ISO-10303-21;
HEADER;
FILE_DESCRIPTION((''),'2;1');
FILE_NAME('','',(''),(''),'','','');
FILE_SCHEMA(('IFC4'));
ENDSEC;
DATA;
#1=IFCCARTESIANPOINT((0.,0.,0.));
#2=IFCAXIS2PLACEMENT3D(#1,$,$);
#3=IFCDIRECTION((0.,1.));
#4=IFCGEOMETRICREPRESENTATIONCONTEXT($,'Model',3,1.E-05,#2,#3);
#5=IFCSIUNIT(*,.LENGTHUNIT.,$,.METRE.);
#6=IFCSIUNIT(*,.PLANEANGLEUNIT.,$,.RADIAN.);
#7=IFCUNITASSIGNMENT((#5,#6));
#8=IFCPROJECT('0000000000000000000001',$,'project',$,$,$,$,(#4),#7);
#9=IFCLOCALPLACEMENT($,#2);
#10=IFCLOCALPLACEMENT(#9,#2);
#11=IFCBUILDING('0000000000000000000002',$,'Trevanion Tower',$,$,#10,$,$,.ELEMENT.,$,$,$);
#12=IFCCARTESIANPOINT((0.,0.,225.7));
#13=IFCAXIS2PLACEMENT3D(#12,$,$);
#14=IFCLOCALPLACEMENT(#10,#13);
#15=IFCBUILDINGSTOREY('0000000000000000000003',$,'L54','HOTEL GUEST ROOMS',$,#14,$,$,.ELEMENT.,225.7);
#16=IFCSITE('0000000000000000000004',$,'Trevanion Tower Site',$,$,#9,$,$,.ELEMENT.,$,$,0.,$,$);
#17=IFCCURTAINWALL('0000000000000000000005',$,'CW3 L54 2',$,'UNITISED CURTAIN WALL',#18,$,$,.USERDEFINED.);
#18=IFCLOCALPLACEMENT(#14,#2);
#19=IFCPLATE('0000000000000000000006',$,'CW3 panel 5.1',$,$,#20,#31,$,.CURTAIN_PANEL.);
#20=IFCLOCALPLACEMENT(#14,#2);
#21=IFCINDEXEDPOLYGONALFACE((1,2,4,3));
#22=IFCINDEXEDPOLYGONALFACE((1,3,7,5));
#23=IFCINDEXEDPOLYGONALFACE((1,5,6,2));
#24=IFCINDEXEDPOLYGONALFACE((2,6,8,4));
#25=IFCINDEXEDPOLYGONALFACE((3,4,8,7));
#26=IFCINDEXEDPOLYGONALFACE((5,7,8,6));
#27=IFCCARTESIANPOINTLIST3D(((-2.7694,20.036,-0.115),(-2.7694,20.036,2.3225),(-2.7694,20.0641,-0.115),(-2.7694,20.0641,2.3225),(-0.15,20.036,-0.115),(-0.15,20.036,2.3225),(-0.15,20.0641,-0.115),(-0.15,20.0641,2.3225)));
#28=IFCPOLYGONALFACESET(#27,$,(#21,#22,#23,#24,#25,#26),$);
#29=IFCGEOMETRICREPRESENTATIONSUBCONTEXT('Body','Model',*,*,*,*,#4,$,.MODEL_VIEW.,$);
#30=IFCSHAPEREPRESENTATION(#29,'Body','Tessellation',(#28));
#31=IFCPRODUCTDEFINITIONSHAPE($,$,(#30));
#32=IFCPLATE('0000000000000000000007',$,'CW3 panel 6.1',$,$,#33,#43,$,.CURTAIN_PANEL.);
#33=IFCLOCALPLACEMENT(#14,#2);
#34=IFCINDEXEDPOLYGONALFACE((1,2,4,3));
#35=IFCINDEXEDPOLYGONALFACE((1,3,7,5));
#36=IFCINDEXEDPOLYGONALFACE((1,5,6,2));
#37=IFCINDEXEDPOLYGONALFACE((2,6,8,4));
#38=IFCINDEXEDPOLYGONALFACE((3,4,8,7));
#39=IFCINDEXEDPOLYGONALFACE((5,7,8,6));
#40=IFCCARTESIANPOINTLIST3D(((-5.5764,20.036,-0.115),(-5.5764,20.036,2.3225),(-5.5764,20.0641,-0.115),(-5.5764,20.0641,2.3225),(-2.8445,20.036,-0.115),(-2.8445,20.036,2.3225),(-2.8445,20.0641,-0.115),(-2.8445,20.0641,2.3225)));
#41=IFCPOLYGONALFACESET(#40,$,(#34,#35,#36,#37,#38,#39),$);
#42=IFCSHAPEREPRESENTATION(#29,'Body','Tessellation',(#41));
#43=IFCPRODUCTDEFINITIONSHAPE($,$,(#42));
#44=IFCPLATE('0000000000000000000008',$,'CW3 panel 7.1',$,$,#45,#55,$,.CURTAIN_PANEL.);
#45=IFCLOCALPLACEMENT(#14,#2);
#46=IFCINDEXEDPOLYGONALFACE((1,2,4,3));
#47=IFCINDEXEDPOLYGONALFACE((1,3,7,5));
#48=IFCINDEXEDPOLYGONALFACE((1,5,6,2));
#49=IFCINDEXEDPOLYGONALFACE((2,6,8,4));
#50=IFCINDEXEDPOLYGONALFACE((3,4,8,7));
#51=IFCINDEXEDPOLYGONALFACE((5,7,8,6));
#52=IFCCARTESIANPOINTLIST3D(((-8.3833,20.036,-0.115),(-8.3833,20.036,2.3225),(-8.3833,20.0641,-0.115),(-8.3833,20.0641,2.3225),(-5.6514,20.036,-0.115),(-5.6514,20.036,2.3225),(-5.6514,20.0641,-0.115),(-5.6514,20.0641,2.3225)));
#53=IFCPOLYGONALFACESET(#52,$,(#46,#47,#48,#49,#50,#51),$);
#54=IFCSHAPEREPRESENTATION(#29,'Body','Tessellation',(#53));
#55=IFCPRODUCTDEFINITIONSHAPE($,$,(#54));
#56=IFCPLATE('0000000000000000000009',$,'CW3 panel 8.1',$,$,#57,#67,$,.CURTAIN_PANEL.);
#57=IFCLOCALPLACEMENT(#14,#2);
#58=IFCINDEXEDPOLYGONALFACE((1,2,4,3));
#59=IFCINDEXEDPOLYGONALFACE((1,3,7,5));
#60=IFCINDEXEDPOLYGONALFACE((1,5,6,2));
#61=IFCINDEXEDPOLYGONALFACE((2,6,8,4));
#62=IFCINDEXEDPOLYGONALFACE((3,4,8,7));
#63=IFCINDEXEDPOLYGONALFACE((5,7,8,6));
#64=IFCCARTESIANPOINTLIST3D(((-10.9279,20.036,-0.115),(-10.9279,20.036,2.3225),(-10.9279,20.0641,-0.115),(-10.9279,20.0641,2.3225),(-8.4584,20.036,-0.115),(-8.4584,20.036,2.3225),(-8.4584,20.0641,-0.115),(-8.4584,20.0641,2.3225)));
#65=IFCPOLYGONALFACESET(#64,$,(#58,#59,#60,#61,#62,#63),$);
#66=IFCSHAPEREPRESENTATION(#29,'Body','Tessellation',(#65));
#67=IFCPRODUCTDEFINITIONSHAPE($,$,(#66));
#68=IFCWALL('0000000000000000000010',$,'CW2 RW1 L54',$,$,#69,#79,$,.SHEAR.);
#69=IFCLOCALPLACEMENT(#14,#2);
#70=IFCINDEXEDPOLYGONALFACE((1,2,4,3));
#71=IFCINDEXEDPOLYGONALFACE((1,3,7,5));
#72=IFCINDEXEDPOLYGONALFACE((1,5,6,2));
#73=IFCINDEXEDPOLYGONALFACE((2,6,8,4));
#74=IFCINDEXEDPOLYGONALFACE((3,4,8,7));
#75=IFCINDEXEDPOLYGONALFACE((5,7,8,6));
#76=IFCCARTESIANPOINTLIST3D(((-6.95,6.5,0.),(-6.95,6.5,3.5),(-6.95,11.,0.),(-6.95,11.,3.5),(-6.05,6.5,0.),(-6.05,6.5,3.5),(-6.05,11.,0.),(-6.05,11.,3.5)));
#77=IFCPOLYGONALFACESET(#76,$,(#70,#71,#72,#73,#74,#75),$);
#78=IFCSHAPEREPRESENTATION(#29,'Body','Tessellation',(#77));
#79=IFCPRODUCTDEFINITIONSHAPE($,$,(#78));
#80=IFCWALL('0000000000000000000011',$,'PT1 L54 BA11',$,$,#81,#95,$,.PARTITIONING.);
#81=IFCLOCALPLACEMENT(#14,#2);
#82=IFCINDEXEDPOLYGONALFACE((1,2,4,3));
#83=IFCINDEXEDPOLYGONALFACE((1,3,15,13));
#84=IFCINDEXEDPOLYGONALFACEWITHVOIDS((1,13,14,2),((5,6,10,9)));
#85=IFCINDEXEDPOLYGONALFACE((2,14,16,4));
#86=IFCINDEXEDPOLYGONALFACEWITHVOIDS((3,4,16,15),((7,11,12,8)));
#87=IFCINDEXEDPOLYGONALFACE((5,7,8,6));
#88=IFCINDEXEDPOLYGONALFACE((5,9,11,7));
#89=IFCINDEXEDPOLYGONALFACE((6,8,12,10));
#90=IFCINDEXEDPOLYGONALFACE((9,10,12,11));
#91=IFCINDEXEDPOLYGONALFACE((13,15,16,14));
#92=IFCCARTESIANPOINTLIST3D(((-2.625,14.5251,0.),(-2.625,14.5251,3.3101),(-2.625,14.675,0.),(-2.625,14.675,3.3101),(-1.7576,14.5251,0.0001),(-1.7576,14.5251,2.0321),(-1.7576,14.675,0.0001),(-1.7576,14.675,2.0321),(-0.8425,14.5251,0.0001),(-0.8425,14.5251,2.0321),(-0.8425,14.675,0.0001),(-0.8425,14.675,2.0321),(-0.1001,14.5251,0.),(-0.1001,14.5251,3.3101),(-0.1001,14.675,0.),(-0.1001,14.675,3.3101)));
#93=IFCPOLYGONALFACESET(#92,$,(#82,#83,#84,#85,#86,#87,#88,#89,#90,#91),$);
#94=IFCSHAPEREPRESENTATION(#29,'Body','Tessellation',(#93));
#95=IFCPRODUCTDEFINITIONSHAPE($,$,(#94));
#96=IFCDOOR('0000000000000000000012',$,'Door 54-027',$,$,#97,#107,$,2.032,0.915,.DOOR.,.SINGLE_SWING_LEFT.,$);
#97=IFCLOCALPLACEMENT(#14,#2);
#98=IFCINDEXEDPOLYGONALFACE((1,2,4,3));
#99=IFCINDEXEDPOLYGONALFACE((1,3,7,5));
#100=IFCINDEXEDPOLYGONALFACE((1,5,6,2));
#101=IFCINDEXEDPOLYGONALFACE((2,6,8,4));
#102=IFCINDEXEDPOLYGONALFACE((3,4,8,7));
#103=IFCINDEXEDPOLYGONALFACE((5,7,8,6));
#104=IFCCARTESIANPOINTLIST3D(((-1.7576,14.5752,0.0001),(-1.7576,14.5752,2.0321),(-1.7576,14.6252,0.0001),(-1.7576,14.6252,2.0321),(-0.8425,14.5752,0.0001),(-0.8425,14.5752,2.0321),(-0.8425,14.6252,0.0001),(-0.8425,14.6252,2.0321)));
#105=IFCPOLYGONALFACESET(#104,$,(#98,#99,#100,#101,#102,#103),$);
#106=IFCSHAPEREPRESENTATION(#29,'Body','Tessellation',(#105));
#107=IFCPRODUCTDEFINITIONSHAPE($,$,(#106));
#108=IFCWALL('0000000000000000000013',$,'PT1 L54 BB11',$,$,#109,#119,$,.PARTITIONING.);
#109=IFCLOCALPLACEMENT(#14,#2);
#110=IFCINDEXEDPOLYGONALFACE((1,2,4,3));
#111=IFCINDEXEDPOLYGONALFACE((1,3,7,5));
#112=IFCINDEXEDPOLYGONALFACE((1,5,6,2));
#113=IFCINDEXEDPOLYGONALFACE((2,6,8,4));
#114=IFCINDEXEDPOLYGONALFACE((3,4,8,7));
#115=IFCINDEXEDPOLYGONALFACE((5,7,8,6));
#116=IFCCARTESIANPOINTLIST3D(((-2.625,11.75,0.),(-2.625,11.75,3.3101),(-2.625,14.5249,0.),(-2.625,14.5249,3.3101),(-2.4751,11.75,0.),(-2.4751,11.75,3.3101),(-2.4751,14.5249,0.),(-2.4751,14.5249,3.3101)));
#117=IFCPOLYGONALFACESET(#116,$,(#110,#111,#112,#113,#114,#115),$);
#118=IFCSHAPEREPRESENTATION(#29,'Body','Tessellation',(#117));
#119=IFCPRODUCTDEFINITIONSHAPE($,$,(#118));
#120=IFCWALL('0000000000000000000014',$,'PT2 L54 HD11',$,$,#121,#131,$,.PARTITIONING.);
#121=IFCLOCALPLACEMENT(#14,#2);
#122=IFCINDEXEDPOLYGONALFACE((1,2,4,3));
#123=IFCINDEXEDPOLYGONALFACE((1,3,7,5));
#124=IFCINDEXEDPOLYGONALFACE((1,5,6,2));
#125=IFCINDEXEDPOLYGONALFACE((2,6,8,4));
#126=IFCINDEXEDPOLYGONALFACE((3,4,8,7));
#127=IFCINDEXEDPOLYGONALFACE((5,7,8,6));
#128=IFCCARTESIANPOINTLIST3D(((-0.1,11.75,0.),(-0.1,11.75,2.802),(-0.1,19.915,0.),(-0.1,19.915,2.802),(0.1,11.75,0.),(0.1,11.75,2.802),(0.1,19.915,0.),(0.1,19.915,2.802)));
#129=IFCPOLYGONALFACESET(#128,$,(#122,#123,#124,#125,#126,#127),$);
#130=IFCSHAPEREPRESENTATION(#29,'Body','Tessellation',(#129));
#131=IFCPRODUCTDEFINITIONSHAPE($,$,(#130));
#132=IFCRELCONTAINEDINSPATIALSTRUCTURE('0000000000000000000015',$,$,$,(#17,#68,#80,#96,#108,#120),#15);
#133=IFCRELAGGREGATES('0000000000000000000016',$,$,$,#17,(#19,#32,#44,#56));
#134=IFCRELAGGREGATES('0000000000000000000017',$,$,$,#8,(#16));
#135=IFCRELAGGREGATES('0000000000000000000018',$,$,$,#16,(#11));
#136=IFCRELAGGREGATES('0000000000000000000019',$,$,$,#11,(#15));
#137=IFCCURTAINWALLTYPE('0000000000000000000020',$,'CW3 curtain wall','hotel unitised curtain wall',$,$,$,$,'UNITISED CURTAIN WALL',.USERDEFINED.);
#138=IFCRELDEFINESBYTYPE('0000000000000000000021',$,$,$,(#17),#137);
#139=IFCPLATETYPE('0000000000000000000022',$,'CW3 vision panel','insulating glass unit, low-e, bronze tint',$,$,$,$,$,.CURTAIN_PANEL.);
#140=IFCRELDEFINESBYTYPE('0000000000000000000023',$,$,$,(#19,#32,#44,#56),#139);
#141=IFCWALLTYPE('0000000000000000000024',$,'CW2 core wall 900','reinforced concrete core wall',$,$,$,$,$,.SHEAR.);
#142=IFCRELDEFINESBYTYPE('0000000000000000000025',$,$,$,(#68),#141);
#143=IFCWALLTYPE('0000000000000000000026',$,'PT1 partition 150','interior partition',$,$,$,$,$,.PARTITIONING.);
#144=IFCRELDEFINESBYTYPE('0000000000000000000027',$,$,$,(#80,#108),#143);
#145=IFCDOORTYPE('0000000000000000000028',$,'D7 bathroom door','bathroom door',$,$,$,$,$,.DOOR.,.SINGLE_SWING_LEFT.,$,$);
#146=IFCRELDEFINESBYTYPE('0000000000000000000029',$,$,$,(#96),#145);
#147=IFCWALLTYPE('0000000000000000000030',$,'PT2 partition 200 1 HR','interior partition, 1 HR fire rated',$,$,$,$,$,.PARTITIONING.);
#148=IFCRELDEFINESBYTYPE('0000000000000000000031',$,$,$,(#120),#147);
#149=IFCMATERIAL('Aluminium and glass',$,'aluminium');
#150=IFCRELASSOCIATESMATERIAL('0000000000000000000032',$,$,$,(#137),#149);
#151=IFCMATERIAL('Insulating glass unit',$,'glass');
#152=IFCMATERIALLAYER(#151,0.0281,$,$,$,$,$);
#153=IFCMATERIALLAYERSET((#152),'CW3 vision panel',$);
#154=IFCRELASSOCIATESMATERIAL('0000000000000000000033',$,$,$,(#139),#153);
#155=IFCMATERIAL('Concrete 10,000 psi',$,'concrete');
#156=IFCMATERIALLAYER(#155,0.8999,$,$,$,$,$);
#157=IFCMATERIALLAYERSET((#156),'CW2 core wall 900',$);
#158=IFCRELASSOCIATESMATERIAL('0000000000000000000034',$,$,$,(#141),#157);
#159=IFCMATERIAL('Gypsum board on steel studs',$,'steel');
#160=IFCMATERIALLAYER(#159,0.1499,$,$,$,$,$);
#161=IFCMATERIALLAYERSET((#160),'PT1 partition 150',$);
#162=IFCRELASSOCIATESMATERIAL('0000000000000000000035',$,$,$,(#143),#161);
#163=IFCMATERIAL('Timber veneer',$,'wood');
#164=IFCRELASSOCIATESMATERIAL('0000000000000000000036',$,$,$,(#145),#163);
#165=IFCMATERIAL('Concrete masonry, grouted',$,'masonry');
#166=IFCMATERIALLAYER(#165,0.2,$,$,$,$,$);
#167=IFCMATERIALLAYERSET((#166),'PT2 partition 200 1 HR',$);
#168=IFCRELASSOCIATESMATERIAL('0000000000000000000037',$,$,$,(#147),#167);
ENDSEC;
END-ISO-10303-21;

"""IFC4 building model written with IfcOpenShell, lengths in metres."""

from ifc_helpers import new_model, si_unit, direction, frame, frame_2d, origin, origin_2d, place, context, subcontext, project, spatial, rectangle, extrude, material, layer, layer_set, type_object, element, fill, aggregate, save


model = new_model("IFC4")

# Units and contexts
model_context = context("Model", 3, precision=1e-05, world=origin(), true_north=direction((0.0, 1.0)))
body_context = subcontext(model_context, "Body", "Model", "MODEL_VIEW")
ifc_project = project(units=[si_unit("LENGTHUNIT", "METRE"), si_unit("PLANEANGLEUNIT", "RADIAN")], contexts=[model_context])

# Site, building, storey
site_placement = place(None, origin())
site = spatial("IfcSite", under=ifc_project, at=site_placement, Name="Trevanion Tower Site", CompositionType="ELEMENT", RefElevation=0.0)
building_placement = place(site_placement, origin())
building = spatial("IfcBuilding", under=site, at=building_placement, Name="Trevanion Tower", CompositionType="ELEMENT")
storey_placement = place(building_placement, frame((0.0, 0.0, 225.7)))
storey = spatial("IfcBuildingStorey", under=building, at=storey_placement, Name="L54", Description="HOTEL GUEST ROOMS", CompositionType="ELEMENT", Elevation=225.7)

# Curtain wall
ifc_material_1 = material(Name="Aluminium and glass", Category="aluminium")
curtain_wall_type = type_object("IfcCurtainWallType", Name="CW3 curtain wall", Description="hotel unitised curtain wall", ElementType="UNITISED CURTAIN WALL", PredefinedType="USERDEFINED", material=ifc_material_1)
curtain_wall_placement = place(storey_placement, origin())
curtain_wall = element("IfcCurtainWall", 1, at=curtain_wall_placement, inside=storey, type_object=curtain_wall_type, Name="CW3 L54 2", ObjectType="UNITISED CURTAIN WALL", PredefinedType="USERDEFINED")

# Plates
ifc_material_2 = material(Name="Insulating glass unit", Category="glass")
ifc_layer_1 = layer(ifc_material_2, 0.0281)
ifc_layer_set_1 = layer_set([ifc_layer_1], Name="CW3 vision panel")
plate_type_1 = type_object("IfcPlateType", Name="CW3 vision panel", Description="insulating glass unit, low-e, bronze tint", PredefinedType="CURTAIN_PANEL", material=ifc_layer_set_1)
plate_1_placement = place(storey_placement, frame((-1.4597, 20.05, -0.115), z_axis=(0.0, 0.0, 1.0), x_axis=(-1.0, 0.0, 0.0)))
plate_1 = element("IfcPlate", 2, at=plate_1_placement, type_object=plate_type_1, Name="CW3 panel 5.1", PredefinedType="CURTAIN_PANEL", context=body_context, shape_type="SweptSolid", body=[
    extrude(rectangle(XDim=2.6194, YDim=0.0281, at=origin_2d()), origin(), (0.0, 0.0, 1.0), 2.4375),
])
plate_2_placement = place(storey_placement, frame((-4.2104, 20.05, -0.115), z_axis=(0.0, 0.0, 1.0), x_axis=(-1.0, 0.0, 0.0)))
plate_2 = element("IfcPlate", 3, at=plate_2_placement, type_object=plate_type_1, Name="CW3 panel 6.1", PredefinedType="CURTAIN_PANEL", context=body_context, shape_type="SweptSolid", body=[
    extrude(rectangle(XDim=2.7319, YDim=0.0281, at=origin_2d()), origin(), (0.0, 0.0, 1.0), 2.4375),
])
plate_3_placement = place(storey_placement, frame((-7.0173, 20.05, -0.115), z_axis=(0.0, 0.0, 1.0), x_axis=(-1.0, 0.0, 0.0)))
plate_3 = element("IfcPlate", 4, at=plate_3_placement, type_object=plate_type_1, Name="CW3 panel 7.1", PredefinedType="CURTAIN_PANEL", context=body_context, shape_type="SweptSolid", body=[
    extrude(rectangle(XDim=2.7319, YDim=0.0281, at=origin_2d()), origin(), (0.0, 0.0, 1.0), 2.4375),
])
plate_4_placement = place(storey_placement, frame((-9.6931, 20.05, -0.115), z_axis=(0.0, 0.0, 1.0), x_axis=(-1.0, 0.0, 0.0)))
plate_4 = element("IfcPlate", 5, at=plate_4_placement, type_object=plate_type_1, Name="CW3 panel 8.1", PredefinedType="CURTAIN_PANEL", context=body_context, shape_type="SweptSolid", body=[
    extrude(rectangle(XDim=2.4695, YDim=0.0281, at=origin_2d()), origin(), (0.0, 0.0, 1.0), 2.4375),
])
aggregate(curtain_wall, [plate_1, plate_2, plate_3, plate_4])

# Wall
ifc_material_3 = material(Name="Concrete 10,000 psi", Category="concrete")
ifc_layer_2 = layer(ifc_material_3, 0.8999)
ifc_layer_set_2 = layer_set([ifc_layer_2], Name="CW2 core wall 900")
wall_type_1 = type_object("IfcWallType", Name="CW2 core wall 900", Description="reinforced concrete core wall", PredefinedType="SHEAR", material=ifc_layer_set_2)
wall_1_placement = place(storey_placement, frame((-6.5, 11.0, 0.0), z_axis=(0.0, 0.0, 1.0), x_axis=(0.0, -1.0, 0.0)))
element("IfcWall", 6, at=wall_1_placement, inside=storey, type_object=wall_type_1, Name="CW2 RW1 L54", PredefinedType="SHEAR", context=body_context, shape_type="SweptSolid", body=[
    extrude(rectangle(XDim=4.5, YDim=0.8999, at=frame_2d((2.25, 0.0))), origin(), (0.0, 0.0, 1.0), 3.5),
])

# Wall, opening, door
ifc_material_4 = material(Name="Gypsum board on steel studs", Category="steel")
ifc_layer_3 = layer(ifc_material_4, 0.1499)
ifc_layer_set_3 = layer_set([ifc_layer_3], Name="PT1 partition 150")
wall_type_2 = type_object("IfcWallType", Name="PT1 partition 150", Description="interior partition", PredefinedType="PARTITIONING", material=ifc_layer_set_3)
wall_2_placement = place(storey_placement, frame((-0.1001, 14.6001, 0.0), z_axis=(0.0, 0.0, 1.0), x_axis=(-1.0, 0.0, 0.0)))
wall_2 = element("IfcWall", 7, at=wall_2_placement, inside=storey, type_object=wall_type_2, Name="PT1 L54 BA11", PredefinedType="PARTITIONING", context=body_context, shape_type="SweptSolid", body=[
    extrude(rectangle(XDim=2.5249, YDim=0.1499, at=frame_2d((1.2625, 0.0))), origin(), (0.0, 0.0, 1.0), 3.3101),
])
opening_placement = place(wall_2_placement, frame((0.7424, 0.0, 0.0)))
opening = element("IfcOpeningElement", 8, at=opening_placement, cuts=wall_2, PredefinedType="OPENING", context=body_context, shape_type="SweptSolid", body=[
    extrude(rectangle(XDim=0.915, YDim=2.032, at=frame_2d((0.4575, 1.0161))), frame((0.0, 0.085, 0.0), z_axis=(0.0, -1.0, 0.0), x_axis=(1.0, 0.0, 0.0)), (0.0, 0.0, 1.0), 0.1699),
])
ifc_material_5 = material(Name="Timber veneer", Category="wood")
door_type = type_object("IfcDoorType", Name="D7 bathroom door", Description="bathroom door", OperationType="SINGLE_SWING_LEFT", PredefinedType="DOOR", material=ifc_material_5)
door_placement = place(opening_placement, origin())
door = element("IfcDoor", 9, at=door_placement, inside=storey, type_object=door_type, Name="Door 54-027", OperationType="SINGLE_SWING_LEFT", OverallHeight=2.032, OverallWidth=0.915, PredefinedType="DOOR", context=body_context, shape_type="SweptSolid", body=[
    extrude(rectangle(XDim=0.915, YDim=2.032, at=frame_2d((0.4575, 1.0161))), frame((0.0, 0.0249, 0.0), z_axis=(0.0, -1.0, 0.0), x_axis=(1.0, 0.0, 0.0)), (0.0, 0.0, 1.0), 0.05),
])
fill(opening, door)

# Walls
wall_3_placement = place(storey_placement, frame((-2.55, 11.75, 0.0), z_axis=(0.0, 0.0, 1.0), x_axis=(0.0, 1.0, 0.0)))
element("IfcWall", 10, at=wall_3_placement, inside=storey, type_object=wall_type_2, Name="PT1 L54 BB11", PredefinedType="PARTITIONING", context=body_context, shape_type="SweptSolid", body=[
    extrude(rectangle(XDim=2.7749, YDim=0.1499, at=frame_2d((1.3875, 0.0))), origin(), (0.0, 0.0, 1.0), 3.3101),
])
ifc_material_6 = material(Name="Concrete masonry, grouted", Category="masonry")
ifc_layer_4 = layer(ifc_material_6, 0.2)
ifc_layer_set_4 = layer_set([ifc_layer_4], Name="PT2 partition 200 1 HR")
wall_type_3 = type_object("IfcWallType", Name="PT2 partition 200 1 HR", Description="interior partition, 1 HR fire rated", PredefinedType="PARTITIONING", material=ifc_layer_set_4)
wall_4_placement = place(storey_placement, frame((0.0, 11.75, 0.0), z_axis=(0.0, 0.0, 1.0), x_axis=(0.0, 1.0, 0.0)))
element("IfcWall", 11, at=wall_4_placement, inside=storey, type_object=wall_type_3, Name="PT2 L54 HD11", PredefinedType="PARTITIONING", context=body_context, shape_type="SweptSolid", body=[
    extrude(rectangle(XDim=8.165, YDim=0.2, at=frame_2d((4.0825, 0.0))), origin(), (0.0, 0.0, 1.0), 2.802),
])

save(model, "model.ifc")
